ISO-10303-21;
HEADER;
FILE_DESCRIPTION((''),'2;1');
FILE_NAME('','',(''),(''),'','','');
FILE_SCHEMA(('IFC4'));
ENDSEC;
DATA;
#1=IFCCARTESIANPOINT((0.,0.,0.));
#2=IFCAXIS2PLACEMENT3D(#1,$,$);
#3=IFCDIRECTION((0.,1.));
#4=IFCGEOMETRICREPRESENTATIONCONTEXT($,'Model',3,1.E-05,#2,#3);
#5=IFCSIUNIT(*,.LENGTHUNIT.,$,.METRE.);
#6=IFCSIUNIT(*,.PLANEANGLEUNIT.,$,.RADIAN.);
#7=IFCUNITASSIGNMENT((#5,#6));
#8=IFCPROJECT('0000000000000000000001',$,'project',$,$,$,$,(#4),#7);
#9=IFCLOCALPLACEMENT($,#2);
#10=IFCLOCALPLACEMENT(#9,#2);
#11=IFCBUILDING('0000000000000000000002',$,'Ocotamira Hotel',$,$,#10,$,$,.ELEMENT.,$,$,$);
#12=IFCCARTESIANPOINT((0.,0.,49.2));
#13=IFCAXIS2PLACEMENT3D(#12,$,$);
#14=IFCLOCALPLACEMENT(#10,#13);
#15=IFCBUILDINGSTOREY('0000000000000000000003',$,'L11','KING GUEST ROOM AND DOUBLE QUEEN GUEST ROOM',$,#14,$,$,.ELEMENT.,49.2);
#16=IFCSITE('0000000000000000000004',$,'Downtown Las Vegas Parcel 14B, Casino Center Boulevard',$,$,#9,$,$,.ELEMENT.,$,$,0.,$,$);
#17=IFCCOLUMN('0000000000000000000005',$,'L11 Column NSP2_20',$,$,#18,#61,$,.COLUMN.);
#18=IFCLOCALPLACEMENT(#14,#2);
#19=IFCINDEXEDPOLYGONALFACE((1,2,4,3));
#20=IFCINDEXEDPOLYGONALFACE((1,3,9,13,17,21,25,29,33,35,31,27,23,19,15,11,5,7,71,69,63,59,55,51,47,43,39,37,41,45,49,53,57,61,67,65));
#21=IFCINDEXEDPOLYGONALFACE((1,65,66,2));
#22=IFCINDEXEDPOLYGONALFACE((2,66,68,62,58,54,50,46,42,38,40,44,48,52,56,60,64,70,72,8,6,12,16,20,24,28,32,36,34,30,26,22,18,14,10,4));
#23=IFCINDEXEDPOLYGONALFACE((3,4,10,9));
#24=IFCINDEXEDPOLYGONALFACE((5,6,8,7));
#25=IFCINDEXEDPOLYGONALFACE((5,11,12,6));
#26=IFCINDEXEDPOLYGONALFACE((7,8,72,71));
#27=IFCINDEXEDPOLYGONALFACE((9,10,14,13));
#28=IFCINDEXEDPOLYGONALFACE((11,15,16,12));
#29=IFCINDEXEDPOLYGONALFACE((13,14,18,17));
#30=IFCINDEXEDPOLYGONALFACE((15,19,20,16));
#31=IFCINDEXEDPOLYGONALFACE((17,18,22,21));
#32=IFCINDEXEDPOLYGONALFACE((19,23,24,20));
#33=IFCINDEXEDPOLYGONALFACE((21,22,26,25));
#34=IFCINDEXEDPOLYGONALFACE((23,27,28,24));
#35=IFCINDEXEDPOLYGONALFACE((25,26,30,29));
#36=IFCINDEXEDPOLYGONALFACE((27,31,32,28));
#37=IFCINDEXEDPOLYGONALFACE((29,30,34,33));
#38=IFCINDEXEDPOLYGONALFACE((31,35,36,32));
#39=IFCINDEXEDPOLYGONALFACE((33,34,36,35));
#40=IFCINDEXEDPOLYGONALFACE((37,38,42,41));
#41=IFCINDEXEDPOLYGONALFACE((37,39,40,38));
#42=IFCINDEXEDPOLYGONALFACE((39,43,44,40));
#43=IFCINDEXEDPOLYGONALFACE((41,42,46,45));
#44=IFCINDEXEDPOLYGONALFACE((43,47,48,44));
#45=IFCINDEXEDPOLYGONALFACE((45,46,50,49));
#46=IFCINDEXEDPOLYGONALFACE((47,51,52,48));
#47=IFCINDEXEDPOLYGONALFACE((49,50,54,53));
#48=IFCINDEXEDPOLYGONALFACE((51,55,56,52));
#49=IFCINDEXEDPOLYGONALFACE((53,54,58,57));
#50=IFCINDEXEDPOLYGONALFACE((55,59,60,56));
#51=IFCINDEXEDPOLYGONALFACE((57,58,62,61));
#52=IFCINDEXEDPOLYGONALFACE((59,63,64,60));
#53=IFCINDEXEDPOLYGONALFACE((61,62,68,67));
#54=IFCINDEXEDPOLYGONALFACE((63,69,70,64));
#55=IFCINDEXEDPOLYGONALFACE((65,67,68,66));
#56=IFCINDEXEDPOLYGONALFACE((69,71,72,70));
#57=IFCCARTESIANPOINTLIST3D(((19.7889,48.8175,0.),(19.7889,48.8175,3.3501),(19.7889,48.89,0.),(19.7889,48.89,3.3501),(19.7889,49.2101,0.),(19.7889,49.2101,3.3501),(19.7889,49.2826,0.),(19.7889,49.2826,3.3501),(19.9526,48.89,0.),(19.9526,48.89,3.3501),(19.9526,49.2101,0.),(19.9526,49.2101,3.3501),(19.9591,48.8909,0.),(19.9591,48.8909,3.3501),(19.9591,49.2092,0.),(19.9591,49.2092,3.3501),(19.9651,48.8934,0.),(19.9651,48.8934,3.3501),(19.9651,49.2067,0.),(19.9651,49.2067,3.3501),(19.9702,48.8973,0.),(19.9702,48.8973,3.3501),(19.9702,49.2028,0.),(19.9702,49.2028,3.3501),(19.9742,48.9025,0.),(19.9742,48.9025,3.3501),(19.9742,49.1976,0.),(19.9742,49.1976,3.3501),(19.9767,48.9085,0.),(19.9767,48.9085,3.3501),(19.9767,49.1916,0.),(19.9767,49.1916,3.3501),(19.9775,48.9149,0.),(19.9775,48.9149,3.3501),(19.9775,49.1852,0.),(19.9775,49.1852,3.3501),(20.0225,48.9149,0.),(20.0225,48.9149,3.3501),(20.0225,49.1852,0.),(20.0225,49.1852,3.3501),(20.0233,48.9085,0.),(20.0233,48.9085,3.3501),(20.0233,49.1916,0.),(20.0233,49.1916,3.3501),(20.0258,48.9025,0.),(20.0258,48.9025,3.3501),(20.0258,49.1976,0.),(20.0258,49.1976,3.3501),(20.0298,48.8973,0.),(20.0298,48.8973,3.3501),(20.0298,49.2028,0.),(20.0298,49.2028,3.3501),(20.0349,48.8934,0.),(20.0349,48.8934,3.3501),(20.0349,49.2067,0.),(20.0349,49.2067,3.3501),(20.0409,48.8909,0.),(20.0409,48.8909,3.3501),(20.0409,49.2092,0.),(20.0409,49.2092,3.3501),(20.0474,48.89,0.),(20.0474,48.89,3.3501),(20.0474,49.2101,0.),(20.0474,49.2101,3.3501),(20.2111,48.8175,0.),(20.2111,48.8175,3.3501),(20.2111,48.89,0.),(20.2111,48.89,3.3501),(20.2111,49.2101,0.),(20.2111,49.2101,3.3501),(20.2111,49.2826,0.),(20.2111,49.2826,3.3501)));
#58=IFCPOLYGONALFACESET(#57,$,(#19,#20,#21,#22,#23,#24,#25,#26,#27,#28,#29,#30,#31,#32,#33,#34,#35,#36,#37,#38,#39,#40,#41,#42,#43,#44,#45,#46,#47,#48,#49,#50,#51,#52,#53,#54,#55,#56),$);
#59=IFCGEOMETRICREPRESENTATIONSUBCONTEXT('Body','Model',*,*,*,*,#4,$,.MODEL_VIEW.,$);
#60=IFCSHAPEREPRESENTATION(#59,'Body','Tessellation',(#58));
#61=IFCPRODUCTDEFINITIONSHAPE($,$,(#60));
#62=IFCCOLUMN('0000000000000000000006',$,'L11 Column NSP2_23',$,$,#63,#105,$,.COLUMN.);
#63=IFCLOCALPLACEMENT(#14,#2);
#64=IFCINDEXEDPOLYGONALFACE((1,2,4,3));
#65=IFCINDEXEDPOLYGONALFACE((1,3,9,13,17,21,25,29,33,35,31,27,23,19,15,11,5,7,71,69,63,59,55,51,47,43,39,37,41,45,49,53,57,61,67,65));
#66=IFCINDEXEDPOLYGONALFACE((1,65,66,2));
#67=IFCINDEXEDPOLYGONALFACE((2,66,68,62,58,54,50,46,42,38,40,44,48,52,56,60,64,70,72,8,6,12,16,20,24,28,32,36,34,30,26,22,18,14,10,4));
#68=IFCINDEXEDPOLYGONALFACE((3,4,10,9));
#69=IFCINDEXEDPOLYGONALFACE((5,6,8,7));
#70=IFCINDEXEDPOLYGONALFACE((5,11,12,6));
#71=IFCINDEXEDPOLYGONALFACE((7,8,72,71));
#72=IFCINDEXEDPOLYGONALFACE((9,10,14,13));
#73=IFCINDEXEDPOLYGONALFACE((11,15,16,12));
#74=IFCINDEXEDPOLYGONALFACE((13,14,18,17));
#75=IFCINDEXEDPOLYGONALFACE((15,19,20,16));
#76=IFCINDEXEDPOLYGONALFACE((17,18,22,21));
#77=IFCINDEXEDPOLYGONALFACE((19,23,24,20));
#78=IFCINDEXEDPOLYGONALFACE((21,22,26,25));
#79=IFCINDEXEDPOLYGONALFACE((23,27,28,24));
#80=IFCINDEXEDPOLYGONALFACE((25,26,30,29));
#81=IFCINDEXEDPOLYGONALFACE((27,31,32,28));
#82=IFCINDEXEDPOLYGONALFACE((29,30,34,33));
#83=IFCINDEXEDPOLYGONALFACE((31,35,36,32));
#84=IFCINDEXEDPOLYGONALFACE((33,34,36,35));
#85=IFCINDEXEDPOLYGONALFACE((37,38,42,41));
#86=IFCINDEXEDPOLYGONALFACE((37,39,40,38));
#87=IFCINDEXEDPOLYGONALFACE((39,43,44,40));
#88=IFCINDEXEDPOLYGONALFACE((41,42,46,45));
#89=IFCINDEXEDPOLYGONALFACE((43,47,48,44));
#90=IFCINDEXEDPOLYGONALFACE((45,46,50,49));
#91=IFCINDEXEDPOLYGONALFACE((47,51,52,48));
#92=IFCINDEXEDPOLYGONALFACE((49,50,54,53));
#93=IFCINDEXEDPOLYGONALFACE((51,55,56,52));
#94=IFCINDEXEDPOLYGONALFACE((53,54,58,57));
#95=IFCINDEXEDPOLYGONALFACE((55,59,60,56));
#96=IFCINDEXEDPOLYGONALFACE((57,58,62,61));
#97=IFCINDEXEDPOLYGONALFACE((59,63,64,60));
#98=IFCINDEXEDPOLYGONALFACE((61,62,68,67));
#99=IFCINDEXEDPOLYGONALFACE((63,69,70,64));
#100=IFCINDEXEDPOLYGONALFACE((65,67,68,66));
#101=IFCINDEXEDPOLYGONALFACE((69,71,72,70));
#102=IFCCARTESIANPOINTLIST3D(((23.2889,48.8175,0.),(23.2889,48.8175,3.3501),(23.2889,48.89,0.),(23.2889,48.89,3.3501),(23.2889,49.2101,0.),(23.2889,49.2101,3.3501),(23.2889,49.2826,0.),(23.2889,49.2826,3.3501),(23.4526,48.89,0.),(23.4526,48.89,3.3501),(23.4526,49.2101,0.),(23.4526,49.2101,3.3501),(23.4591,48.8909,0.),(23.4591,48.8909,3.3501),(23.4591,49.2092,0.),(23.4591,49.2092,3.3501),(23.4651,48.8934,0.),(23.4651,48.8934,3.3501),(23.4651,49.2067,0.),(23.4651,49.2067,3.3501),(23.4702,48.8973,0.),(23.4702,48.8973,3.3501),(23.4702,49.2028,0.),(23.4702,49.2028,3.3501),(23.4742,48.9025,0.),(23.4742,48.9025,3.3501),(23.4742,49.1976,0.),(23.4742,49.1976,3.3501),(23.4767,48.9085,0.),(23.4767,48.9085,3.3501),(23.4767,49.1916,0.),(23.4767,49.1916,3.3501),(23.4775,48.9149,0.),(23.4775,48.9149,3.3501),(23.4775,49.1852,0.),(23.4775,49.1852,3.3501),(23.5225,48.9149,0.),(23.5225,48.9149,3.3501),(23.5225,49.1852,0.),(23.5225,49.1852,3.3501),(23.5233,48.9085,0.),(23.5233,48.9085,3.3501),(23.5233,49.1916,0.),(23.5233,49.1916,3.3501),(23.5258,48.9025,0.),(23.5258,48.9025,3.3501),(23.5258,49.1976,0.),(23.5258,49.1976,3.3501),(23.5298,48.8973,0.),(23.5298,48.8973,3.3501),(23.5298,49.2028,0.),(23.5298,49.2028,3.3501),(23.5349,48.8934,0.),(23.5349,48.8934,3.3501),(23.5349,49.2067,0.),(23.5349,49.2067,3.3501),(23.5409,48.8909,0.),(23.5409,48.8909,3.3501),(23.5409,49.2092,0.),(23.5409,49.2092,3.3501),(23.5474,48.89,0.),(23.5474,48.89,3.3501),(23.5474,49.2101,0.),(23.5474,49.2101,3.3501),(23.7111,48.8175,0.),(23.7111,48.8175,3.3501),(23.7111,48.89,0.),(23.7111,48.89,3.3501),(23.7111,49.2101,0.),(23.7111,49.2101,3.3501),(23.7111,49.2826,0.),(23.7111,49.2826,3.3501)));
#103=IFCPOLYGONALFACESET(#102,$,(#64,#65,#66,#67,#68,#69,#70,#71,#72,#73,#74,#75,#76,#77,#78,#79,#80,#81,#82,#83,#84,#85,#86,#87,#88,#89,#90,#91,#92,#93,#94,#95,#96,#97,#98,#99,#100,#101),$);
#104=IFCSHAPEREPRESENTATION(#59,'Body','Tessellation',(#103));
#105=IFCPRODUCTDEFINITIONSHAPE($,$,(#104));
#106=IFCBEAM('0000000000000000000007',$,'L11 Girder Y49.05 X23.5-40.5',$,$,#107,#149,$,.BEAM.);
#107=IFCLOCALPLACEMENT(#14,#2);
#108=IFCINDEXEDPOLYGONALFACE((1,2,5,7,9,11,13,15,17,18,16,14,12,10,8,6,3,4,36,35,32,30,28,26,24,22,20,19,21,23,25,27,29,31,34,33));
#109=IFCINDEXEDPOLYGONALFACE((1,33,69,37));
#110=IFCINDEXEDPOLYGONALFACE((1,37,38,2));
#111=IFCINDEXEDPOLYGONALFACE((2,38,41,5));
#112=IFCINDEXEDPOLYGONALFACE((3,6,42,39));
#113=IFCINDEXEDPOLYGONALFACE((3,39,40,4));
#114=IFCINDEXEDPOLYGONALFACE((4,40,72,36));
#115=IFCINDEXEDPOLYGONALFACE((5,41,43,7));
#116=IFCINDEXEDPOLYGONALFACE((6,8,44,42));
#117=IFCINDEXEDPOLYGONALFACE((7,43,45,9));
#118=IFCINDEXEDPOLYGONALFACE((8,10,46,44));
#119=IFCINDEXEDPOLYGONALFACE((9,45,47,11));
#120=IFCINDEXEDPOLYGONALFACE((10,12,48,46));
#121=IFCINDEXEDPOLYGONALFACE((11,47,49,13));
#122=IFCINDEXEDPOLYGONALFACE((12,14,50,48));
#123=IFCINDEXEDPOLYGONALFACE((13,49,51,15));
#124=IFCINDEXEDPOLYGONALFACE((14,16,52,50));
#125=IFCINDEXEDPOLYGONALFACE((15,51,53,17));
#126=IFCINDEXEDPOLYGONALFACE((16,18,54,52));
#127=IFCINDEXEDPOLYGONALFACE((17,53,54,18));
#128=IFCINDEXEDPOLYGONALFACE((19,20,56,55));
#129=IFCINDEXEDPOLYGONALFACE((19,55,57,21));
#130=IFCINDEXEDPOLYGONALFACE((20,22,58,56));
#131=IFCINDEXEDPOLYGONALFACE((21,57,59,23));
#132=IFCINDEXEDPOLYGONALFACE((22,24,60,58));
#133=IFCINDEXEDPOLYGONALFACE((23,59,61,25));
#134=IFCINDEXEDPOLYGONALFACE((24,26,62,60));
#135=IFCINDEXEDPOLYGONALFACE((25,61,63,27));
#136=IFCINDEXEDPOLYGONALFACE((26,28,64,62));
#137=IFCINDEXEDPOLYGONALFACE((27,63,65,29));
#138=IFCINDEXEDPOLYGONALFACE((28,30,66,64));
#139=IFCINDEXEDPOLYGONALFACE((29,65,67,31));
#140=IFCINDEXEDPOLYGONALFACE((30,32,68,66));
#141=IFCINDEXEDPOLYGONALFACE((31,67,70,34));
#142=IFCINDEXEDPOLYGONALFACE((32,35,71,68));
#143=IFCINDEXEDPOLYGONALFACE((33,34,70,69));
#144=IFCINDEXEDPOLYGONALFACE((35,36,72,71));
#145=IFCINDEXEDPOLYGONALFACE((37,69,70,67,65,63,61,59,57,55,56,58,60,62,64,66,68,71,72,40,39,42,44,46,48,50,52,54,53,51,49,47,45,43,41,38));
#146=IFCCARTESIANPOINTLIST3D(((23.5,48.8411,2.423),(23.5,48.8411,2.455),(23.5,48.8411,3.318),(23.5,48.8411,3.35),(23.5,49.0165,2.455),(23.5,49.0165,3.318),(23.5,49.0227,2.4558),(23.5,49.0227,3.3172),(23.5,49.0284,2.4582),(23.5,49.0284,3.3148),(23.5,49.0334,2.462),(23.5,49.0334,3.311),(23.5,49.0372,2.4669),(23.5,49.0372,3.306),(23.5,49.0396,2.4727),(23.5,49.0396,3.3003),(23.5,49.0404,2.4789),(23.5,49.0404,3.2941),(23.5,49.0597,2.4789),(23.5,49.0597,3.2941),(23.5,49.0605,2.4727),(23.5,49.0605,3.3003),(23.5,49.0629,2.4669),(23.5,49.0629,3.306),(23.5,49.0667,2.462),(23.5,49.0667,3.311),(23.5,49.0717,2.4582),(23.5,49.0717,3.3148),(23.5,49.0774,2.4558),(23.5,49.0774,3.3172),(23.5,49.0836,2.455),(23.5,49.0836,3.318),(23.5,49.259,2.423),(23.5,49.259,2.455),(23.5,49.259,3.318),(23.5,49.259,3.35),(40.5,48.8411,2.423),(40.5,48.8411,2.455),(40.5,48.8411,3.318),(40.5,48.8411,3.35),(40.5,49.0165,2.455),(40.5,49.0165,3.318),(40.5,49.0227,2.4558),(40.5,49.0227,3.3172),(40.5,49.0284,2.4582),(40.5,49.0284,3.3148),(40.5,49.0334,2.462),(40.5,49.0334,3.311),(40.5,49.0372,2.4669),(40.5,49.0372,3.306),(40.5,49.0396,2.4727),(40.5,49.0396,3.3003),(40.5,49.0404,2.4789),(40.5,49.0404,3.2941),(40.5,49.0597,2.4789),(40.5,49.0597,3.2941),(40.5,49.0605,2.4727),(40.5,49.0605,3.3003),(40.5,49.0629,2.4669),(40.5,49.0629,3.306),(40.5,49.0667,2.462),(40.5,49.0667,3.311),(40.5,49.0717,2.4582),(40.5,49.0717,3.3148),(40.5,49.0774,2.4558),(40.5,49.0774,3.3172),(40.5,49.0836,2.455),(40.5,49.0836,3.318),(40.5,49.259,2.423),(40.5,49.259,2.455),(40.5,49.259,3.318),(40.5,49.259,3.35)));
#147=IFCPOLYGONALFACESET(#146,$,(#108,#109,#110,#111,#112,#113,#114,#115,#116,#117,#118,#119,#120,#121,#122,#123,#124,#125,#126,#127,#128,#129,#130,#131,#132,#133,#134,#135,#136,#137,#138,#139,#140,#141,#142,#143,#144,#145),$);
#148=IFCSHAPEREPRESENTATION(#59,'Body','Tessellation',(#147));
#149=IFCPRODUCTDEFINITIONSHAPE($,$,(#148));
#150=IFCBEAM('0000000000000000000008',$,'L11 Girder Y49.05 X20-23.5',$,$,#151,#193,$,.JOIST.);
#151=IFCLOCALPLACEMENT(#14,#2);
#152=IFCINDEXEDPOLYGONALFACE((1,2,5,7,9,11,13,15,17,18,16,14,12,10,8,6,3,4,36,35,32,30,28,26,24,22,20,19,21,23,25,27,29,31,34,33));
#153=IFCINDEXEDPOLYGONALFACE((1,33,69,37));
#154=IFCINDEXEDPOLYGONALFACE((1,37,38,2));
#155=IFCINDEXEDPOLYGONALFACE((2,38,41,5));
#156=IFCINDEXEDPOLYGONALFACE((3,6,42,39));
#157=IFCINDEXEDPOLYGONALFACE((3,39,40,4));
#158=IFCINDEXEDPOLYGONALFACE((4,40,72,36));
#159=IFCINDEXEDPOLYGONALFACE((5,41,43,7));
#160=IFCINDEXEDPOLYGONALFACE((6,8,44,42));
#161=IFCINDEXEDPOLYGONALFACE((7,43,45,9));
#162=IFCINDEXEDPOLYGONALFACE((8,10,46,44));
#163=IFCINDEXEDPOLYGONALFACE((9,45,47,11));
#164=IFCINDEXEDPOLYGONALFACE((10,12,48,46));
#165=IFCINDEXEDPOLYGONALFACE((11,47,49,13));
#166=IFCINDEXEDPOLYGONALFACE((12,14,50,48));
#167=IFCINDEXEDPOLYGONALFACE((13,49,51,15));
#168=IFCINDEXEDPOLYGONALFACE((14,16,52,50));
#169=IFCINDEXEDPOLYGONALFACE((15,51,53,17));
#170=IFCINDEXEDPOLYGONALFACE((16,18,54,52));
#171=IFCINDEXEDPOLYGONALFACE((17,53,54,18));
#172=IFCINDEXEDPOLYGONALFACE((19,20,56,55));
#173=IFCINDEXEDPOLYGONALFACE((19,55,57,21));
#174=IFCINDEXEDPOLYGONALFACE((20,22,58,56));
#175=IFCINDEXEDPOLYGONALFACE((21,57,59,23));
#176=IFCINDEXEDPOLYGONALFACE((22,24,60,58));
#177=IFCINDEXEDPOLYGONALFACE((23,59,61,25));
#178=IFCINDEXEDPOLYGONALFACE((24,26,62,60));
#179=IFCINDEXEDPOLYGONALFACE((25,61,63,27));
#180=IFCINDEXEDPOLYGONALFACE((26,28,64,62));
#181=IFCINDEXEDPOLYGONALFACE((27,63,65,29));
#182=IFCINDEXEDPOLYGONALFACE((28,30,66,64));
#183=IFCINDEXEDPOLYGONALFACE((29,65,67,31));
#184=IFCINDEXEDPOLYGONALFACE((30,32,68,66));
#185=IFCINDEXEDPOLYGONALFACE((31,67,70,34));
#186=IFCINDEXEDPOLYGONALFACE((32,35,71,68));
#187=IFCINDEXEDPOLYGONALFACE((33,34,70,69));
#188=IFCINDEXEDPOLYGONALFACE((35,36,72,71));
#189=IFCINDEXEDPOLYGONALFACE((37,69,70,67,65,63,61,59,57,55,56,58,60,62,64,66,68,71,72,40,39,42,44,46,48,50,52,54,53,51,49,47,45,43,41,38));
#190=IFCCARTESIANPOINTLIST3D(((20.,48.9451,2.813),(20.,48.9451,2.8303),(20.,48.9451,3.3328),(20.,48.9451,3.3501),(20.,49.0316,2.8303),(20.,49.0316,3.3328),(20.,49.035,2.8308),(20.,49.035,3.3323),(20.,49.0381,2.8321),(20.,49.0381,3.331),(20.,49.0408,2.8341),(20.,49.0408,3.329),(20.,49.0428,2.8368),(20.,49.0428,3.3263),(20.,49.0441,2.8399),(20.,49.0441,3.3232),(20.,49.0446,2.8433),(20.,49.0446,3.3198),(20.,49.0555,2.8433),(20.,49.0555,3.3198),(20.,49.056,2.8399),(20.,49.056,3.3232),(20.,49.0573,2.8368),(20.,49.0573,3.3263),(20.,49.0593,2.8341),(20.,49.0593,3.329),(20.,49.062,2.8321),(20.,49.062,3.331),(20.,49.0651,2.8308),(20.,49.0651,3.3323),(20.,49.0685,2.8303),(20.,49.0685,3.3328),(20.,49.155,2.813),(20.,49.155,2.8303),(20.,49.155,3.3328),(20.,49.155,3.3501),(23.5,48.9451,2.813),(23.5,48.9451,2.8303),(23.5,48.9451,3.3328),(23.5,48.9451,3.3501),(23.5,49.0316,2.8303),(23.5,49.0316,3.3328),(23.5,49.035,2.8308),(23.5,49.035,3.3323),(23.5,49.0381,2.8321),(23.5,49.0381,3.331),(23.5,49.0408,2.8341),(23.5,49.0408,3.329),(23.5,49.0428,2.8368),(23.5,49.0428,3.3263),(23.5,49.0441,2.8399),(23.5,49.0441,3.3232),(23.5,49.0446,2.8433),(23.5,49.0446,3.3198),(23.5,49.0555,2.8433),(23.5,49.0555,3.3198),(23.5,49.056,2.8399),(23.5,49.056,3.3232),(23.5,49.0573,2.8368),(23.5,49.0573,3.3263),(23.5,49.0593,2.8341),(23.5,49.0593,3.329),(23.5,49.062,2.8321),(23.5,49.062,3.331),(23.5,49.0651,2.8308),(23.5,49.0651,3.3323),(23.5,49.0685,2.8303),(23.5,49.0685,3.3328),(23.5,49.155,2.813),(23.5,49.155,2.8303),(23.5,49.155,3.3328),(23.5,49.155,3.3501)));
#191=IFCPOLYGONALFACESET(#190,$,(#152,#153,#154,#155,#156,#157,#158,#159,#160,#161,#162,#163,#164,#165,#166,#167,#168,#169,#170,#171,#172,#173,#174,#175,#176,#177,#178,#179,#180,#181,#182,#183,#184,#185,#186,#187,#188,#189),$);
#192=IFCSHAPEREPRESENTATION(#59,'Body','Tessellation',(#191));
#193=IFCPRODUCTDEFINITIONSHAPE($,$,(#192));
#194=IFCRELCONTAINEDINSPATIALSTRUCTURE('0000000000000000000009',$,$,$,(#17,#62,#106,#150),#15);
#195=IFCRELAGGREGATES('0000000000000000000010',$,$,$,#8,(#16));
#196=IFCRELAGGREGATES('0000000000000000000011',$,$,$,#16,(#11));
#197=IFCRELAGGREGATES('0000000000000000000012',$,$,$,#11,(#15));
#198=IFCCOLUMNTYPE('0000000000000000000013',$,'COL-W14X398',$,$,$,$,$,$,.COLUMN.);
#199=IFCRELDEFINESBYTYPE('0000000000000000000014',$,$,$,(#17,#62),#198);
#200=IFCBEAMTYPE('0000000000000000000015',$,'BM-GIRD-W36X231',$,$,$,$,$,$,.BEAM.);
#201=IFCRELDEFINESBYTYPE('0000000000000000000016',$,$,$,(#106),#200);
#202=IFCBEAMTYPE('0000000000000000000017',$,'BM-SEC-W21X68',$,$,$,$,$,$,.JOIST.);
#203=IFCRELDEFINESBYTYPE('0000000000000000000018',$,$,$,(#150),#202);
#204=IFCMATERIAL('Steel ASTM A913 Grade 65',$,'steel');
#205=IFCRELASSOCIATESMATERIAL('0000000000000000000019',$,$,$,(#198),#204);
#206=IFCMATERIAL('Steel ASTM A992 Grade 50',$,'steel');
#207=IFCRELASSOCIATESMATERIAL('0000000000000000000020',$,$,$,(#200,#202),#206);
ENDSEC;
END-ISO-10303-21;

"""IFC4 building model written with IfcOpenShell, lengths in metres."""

from ifc_helpers import new_model, si_unit, direction, frame, origin, origin_2d, place, context, subcontext, project, spatial, i_section, extrude, source, transform, mapped, material, material_profile, profile_set, type_object, element, save


model = new_model("IFC4")

# Units and contexts
model_context = context("Model", 3, precision=1e-05, world=origin(), true_north=direction((0.0, 1.0)))
body_context = subcontext(model_context, "Body", "Model", "MODEL_VIEW")
ifc_project = project(units=[si_unit("LENGTHUNIT", "METRE"), si_unit("PLANEANGLEUNIT", "RADIAN")], contexts=[model_context])

# Site, building, storey
site_placement = place(None, origin())
site = spatial("IfcSite", under=ifc_project, at=site_placement, Name="Downtown Las Vegas Parcel 14B, Casino Center Boulevard", CompositionType="ELEMENT", RefElevation=0.0)
building_placement = place(site_placement, origin())
building = spatial("IfcBuilding", under=site, at=building_placement, Name="Ocotamira Hotel", CompositionType="ELEMENT")
storey_placement = place(building_placement, frame((0.0, 0.0, 49.2)))
storey = spatial("IfcBuildingStorey", under=building, at=storey_placement, Name="L11", Description="KING GUEST ROOM AND DOUBLE QUEEN GUEST ROOM", CompositionType="ELEMENT", Elevation=49.2)

# Columns
ifc_material_1 = material(Name="Steel ASTM A913 Grade 65", Category="steel")
ifc_material_profile_1 = material_profile(ifc_material_1, i_section(OverallWidth=0.4221, OverallDepth=0.4651, WebThickness=0.0449, FlangeThickness=0.0725, FilletRadius=0.0249, at=origin_2d()), Name="W14X398")
ifc_profile_set_1 = profile_set([ifc_material_profile_1], Name="Steel ASTM A913 Grade 65")
column_type = type_object("IfcColumnType", Name="COL-W14X398", PredefinedType="COLUMN", material=ifc_profile_set_1)
shared_shape_1 = source(origin(), body_context, "Body", "SweptSolid", [
    extrude(i_section(OverallWidth=0.4221, OverallDepth=0.4651, WebThickness=0.0449, FlangeThickness=0.0725, FilletRadius=0.0249, at=origin_2d()), origin(), (0.0, 0.0, 1.0), 3.3501),
])
for number, where, z_axis, x_axis, name in (
    (1, (20.0, 49.05, 0.0), (0.0, 0.0, 1.0), (1.0, 0.0, 0.0), "L11 Column NSP2_20"),
    (2, (23.5, 49.05, 0.0), (0.0, 0.0, 1.0), (1.0, 0.0, 0.0), "L11 Column NSP2_23"),
):
    element("IfcColumn", number, at=place(storey_placement, frame(where, z_axis=z_axis, x_axis=x_axis)), inside=storey, type_object=column_type, Name=name, PredefinedType="COLUMN", context=body_context, shape_type="MappedRepresentation", body=[
        mapped(shared_shape_1, transform((0.0, 0.0, 0.0), scale=1.0)),
    ])

# Beams
ifc_material_2 = material(Name="Steel ASTM A992 Grade 50", Category="steel")
ifc_material_profile_2 = material_profile(ifc_material_2, i_section(OverallWidth=0.418, OverallDepth=0.927, WebThickness=0.0193, FlangeThickness=0.032, FilletRadius=0.0239, at=origin_2d()), Name="W36X231")
ifc_profile_set_2 = profile_set([ifc_material_profile_2], Name="Steel ASTM A992 Grade 50")
beam_type_1 = type_object("IfcBeamType", Name="BM-GIRD-W36X231", PredefinedType="BEAM", material=ifc_profile_set_2)
shared_shape_2 = source(origin(), body_context, "Body", "SweptSolid", [
    extrude(i_section(OverallWidth=0.418, OverallDepth=0.927, WebThickness=0.0193, FlangeThickness=0.032, FilletRadius=0.0239, at=origin_2d()), origin(), (0.0, 0.0, 1.0), 17.0),
])
beam_1_placement = place(storey_placement, frame((23.5, 49.05, 2.8865), z_axis=(1.0, 0.0, 0.0), x_axis=(0.0, 1.0, 0.0)))
element("IfcBeam", 3, at=beam_1_placement, inside=storey, type_object=beam_type_1, Name="L11 Girder Y49.05 X23.5-40.5", PredefinedType="BEAM", context=body_context, shape_type="MappedRepresentation", body=[
    mapped(shared_shape_2, transform((0.0, 0.0, 0.0), scale=1.0)),
])
ifc_material_profile_3 = material_profile(ifc_material_2, i_section(OverallWidth=0.21, OverallDepth=0.5371, WebThickness=0.011, FlangeThickness=0.0173, FilletRadius=0.0129, at=origin_2d()), Name="W21X68")
ifc_profile_set_3 = profile_set([ifc_material_profile_3], Name="Steel ASTM A992 Grade 50")
beam_type_2 = type_object("IfcBeamType", Name="BM-SEC-W21X68", PredefinedType="JOIST", material=ifc_profile_set_3)
shared_shape_3 = source(origin(), body_context, "Body", "SweptSolid", [
    extrude(i_section(OverallWidth=0.21, OverallDepth=0.5371, WebThickness=0.011, FlangeThickness=0.0173, FilletRadius=0.0129, at=origin_2d()), origin(), (0.0, 0.0, 1.0), 3.5),
])
beam_2_placement = place(storey_placement, frame((20.0, 49.05, 3.0815), z_axis=(1.0, 0.0, 0.0), x_axis=(0.0, 1.0, 0.0)))
element("IfcBeam", 4, at=beam_2_placement, inside=storey, type_object=beam_type_2, Name="L11 Girder Y49.05 X20-23.5", PredefinedType="JOIST", context=body_context, shape_type="MappedRepresentation", body=[
    mapped(shared_shape_3, transform((0.0, 0.0, 0.0), scale=1.0)),
])

save(model, "model.ifc")
